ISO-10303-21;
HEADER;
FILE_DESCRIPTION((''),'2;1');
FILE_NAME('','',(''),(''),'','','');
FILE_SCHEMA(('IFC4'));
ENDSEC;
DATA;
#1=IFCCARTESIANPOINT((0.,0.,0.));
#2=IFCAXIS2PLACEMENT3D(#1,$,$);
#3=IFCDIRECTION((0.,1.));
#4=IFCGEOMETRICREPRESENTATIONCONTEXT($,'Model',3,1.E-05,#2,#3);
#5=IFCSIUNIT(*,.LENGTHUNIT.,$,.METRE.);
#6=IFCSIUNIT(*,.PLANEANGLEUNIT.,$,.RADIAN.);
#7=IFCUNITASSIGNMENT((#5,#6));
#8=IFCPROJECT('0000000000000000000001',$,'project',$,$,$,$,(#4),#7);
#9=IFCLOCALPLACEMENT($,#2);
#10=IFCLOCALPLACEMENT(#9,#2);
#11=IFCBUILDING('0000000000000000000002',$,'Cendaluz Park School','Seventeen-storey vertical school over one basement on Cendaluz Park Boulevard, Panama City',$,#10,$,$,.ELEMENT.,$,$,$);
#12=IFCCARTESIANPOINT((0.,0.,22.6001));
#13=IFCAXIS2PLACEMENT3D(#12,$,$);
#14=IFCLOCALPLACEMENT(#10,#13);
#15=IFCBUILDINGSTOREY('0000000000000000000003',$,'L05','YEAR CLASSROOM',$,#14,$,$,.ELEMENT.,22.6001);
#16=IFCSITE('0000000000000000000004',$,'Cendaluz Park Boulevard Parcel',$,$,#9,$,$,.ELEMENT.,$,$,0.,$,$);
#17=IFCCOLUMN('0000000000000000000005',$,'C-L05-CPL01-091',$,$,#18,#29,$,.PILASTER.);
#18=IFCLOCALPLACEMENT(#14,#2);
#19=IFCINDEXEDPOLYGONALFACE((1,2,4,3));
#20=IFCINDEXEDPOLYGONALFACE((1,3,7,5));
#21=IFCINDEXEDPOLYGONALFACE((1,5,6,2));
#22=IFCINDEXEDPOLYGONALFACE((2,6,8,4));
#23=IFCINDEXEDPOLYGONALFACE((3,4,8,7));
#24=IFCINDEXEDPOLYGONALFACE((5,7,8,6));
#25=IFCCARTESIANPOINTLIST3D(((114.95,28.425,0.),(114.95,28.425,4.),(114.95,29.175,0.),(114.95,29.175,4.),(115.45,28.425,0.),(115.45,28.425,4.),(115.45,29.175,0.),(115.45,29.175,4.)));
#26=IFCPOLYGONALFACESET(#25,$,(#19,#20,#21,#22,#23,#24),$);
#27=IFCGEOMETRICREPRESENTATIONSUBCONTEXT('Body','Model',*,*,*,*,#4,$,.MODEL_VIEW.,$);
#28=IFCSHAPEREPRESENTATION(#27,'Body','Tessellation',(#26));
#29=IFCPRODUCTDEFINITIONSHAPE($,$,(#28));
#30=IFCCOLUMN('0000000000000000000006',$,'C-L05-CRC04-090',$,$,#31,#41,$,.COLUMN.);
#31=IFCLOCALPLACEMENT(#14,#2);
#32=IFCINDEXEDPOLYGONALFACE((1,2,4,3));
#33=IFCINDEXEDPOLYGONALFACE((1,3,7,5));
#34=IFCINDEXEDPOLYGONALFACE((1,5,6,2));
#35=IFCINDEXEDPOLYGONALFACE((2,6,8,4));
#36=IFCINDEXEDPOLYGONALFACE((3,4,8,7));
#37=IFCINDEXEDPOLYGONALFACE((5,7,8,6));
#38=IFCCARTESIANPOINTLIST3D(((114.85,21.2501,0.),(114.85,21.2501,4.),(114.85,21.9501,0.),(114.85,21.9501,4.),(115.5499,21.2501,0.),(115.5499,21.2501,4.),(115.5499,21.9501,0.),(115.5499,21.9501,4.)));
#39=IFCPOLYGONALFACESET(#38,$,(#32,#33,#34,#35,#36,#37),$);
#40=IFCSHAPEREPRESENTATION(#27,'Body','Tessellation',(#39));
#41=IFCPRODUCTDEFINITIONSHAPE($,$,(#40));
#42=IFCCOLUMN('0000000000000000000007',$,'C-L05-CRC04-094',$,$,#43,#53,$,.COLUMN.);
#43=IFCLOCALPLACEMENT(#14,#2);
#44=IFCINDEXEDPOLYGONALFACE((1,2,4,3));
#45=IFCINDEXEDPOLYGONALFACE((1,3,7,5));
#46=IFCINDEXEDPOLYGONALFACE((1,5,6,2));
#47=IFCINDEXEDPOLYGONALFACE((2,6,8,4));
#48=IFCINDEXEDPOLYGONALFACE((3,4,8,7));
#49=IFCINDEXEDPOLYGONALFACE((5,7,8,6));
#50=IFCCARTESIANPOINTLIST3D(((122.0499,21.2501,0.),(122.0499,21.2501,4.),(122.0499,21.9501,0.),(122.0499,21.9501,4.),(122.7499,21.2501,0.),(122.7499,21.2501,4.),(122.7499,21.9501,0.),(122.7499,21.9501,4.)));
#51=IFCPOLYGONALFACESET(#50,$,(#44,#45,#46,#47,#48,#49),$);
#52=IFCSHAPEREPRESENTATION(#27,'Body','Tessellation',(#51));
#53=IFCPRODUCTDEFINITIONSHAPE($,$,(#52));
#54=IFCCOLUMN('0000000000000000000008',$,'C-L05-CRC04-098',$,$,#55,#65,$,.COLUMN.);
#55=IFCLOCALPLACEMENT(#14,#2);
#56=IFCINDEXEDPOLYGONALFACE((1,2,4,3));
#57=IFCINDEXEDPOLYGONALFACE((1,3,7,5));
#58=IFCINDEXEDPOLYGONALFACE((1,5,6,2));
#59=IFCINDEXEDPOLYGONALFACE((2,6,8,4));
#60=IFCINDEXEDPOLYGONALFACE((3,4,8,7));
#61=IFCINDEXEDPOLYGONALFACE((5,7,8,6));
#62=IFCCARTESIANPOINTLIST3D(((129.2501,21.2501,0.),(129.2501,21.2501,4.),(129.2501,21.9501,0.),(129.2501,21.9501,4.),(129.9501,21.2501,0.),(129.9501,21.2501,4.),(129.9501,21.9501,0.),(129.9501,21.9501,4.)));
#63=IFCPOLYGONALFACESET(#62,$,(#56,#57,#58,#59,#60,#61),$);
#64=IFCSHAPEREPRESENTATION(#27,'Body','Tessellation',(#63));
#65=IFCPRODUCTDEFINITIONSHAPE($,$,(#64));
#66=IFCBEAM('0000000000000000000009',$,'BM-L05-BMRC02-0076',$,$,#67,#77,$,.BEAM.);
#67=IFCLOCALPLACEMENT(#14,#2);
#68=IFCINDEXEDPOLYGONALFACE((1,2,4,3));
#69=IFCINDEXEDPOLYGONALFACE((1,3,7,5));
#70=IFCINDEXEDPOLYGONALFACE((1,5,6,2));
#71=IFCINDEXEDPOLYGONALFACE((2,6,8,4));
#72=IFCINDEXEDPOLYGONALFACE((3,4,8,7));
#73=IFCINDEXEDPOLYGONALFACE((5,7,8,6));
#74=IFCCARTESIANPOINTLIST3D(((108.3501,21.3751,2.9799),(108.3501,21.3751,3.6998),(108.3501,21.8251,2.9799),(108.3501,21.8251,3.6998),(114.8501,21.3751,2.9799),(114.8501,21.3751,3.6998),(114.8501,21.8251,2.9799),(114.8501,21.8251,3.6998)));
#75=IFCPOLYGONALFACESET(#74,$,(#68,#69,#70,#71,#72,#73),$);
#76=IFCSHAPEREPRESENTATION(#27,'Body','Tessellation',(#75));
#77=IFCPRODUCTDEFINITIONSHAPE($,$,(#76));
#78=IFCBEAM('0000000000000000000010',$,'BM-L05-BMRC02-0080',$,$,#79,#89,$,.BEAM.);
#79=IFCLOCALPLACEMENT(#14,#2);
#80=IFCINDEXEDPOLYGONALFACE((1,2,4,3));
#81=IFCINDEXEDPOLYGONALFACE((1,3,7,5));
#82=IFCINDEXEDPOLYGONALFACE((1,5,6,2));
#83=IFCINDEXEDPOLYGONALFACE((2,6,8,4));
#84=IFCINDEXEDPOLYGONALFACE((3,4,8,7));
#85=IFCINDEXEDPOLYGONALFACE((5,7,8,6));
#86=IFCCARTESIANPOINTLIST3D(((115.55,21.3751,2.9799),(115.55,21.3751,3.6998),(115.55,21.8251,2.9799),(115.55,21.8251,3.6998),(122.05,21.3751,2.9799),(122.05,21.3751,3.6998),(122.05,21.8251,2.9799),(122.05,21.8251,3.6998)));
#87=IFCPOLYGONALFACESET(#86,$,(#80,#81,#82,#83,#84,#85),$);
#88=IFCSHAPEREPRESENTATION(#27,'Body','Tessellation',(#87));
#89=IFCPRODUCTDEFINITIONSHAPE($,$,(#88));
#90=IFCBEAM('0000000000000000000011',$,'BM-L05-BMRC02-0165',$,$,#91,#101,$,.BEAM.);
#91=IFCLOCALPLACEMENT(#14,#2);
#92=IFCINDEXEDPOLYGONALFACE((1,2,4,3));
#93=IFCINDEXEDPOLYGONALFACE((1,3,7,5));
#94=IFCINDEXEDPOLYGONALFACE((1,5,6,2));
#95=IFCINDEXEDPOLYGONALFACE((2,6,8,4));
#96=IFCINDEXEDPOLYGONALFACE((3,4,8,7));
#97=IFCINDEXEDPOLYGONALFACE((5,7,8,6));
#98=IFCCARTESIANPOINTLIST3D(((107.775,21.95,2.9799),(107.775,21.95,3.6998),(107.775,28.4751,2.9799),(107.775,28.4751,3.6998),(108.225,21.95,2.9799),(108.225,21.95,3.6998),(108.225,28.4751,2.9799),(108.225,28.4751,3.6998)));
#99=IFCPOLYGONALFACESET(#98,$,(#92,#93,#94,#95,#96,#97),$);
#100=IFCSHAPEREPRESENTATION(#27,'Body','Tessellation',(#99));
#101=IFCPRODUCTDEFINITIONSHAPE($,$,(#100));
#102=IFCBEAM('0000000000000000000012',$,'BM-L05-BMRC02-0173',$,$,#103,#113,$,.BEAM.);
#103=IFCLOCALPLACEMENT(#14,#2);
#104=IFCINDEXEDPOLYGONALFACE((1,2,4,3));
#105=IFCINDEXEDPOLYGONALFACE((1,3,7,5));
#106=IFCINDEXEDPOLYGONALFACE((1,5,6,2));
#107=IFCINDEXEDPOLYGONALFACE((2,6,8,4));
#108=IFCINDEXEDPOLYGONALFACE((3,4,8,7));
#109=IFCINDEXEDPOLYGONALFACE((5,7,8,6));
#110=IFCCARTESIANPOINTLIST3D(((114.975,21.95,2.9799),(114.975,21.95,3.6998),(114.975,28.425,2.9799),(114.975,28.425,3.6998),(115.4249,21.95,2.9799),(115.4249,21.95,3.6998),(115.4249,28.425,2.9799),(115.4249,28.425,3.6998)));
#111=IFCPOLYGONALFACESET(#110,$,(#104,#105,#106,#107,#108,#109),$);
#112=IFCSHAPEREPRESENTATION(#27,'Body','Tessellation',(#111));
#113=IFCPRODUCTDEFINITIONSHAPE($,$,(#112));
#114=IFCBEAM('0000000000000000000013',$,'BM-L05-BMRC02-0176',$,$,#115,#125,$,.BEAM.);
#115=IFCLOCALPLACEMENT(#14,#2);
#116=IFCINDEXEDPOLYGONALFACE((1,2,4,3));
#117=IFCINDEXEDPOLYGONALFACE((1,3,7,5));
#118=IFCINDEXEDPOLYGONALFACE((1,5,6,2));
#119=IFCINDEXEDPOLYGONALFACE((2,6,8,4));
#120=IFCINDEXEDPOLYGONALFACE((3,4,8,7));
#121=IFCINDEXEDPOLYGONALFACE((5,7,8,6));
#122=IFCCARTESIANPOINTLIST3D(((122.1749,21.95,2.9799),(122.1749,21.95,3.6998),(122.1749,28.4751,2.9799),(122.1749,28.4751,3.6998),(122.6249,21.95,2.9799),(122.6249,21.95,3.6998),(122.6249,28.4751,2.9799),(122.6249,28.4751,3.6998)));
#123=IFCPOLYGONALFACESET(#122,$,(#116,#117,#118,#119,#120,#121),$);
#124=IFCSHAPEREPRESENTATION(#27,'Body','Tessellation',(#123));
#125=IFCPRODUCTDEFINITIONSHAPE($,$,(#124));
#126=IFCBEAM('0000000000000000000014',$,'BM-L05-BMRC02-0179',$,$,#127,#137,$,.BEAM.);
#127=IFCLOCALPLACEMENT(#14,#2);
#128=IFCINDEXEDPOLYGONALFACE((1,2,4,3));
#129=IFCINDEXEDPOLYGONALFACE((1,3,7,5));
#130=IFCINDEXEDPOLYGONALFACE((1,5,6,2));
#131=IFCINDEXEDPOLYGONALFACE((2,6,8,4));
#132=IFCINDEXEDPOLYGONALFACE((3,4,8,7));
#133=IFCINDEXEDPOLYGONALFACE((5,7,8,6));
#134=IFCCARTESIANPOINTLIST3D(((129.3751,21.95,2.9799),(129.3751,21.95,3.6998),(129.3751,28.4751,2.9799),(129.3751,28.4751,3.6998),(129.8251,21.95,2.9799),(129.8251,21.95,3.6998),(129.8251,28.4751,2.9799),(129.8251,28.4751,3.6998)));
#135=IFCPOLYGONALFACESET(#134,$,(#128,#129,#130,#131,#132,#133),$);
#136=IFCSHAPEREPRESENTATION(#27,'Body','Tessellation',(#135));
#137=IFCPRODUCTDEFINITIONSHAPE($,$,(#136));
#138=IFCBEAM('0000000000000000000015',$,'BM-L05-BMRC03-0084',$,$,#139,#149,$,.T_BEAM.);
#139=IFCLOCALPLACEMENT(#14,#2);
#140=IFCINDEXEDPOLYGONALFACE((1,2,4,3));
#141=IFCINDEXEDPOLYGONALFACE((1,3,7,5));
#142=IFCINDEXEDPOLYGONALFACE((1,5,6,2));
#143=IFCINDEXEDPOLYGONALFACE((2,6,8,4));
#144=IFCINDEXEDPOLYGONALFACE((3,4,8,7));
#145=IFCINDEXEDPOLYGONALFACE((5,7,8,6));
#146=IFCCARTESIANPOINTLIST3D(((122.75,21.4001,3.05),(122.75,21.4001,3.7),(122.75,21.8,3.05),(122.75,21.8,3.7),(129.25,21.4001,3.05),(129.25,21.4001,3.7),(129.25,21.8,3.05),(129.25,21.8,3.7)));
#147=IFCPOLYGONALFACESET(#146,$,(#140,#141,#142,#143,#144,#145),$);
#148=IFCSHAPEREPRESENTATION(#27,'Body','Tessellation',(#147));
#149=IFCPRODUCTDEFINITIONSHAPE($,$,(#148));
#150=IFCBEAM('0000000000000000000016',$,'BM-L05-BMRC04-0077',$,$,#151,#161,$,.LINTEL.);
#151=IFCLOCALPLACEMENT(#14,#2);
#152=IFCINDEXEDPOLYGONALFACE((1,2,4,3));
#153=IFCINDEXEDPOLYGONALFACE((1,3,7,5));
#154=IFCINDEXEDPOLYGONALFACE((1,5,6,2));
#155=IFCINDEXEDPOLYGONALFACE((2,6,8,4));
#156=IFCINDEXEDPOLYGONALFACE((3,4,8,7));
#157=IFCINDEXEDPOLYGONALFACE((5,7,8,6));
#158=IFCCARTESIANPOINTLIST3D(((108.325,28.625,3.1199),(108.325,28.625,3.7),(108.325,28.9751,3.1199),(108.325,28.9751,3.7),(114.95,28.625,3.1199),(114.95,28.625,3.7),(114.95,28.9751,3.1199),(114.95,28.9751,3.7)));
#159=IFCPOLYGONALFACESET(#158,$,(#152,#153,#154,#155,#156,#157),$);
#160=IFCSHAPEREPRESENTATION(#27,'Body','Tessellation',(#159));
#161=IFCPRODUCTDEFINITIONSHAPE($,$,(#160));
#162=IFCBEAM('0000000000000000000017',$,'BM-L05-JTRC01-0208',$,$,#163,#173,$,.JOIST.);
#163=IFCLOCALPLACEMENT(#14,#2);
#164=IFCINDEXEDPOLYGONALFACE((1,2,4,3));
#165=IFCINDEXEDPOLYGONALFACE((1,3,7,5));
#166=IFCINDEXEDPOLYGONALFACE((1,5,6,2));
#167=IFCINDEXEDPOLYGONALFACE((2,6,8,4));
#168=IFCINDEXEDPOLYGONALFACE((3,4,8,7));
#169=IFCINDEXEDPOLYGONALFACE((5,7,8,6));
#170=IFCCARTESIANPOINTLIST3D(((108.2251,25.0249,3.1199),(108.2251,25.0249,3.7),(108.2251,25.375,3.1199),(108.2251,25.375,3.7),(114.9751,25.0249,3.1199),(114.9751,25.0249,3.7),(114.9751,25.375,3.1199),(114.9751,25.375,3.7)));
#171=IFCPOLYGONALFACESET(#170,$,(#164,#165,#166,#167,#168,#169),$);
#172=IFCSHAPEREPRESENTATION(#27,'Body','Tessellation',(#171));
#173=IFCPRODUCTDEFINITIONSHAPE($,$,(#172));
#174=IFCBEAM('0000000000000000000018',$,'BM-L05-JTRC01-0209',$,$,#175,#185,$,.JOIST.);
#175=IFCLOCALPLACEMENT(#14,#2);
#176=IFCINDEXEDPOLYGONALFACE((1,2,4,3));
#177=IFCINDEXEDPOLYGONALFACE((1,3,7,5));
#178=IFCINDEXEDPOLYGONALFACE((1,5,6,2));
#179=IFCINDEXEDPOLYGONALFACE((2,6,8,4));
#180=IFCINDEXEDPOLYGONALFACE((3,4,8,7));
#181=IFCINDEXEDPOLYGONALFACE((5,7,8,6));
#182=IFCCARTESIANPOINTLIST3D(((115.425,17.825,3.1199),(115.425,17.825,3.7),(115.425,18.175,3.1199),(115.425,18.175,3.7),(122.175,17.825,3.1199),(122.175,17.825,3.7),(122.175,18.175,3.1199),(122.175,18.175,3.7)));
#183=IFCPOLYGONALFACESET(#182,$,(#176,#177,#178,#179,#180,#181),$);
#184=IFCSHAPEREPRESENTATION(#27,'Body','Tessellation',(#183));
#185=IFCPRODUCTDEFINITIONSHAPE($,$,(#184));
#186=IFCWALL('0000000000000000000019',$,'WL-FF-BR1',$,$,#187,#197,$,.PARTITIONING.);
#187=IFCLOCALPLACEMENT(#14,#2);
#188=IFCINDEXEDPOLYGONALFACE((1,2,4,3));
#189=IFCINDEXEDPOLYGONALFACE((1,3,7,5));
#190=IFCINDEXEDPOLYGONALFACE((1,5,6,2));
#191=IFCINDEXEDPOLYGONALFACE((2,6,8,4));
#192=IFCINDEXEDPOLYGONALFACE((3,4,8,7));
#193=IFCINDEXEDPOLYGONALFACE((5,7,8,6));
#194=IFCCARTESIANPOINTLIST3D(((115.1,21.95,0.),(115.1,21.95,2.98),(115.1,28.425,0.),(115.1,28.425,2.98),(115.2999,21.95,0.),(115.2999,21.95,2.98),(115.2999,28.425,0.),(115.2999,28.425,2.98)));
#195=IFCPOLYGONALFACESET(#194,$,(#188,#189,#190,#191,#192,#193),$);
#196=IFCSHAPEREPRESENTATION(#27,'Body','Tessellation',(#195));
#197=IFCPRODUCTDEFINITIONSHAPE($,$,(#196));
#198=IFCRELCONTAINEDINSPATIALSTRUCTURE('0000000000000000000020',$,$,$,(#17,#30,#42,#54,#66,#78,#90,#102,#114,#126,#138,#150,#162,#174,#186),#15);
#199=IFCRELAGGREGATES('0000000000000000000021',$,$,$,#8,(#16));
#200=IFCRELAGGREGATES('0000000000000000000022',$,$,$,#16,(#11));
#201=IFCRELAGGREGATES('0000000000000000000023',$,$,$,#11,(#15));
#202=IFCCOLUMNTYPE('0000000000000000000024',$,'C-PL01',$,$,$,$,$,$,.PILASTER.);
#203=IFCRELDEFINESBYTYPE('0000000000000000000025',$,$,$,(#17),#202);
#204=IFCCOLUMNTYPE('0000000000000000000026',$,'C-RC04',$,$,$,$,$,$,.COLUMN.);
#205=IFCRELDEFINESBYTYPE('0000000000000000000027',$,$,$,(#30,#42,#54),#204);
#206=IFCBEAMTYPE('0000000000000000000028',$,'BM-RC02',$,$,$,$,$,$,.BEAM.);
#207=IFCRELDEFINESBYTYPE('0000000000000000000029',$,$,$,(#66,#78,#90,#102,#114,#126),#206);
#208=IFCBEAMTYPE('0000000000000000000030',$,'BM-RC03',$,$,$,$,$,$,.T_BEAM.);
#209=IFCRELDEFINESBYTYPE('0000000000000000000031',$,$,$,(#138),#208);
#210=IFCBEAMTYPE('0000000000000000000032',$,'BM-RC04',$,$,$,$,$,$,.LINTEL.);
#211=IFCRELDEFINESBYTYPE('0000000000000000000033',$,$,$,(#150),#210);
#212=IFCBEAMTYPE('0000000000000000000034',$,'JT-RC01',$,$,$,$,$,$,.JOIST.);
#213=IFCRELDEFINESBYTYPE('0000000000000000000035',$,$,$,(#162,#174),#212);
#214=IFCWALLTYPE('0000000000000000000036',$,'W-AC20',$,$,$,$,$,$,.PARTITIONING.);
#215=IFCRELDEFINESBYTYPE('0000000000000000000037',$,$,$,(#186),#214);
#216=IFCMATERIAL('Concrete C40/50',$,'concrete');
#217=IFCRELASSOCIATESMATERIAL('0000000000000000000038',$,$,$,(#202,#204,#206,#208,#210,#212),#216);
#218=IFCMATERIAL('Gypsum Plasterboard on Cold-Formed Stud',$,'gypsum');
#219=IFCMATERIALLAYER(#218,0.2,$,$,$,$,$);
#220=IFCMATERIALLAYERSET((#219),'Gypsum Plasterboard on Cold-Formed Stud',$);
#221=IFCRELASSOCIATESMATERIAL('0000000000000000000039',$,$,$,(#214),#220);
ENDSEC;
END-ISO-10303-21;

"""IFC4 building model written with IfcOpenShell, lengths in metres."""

from ifc_helpers import new_model, si_unit, direction, frame, frame_2d, origin, origin_2d, place, context, subcontext, project, spatial, rectangle, extrude, material, layer, layer_set, material_profile, profile_set, type_object, element, save


model = new_model("IFC4")

# Units and contexts
model_context = context("Model", 3, precision=1e-05, world=origin(), true_north=direction((0.0, 1.0)))
body_context = subcontext(model_context, "Body", "Model", "MODEL_VIEW")
ifc_project = project(units=[si_unit("LENGTHUNIT", "METRE"), si_unit("PLANEANGLEUNIT", "RADIAN")], contexts=[model_context])

# Site, building, storey
site_placement = place(None, origin())
site = spatial("IfcSite", under=ifc_project, at=site_placement, Name="Cendaluz Park Boulevard Parcel", CompositionType="ELEMENT", RefElevation=0.0)
building_placement = place(site_placement, origin())
building = spatial("IfcBuilding", under=site, at=building_placement, Name="Cendaluz Park School", Description="Seventeen-storey vertical school over one basement on Cendaluz Park Boulevard, Panama City", CompositionType="ELEMENT")
storey_placement = place(building_placement, frame((0.0, 0.0, 22.6001)))
storey = spatial("IfcBuildingStorey", under=building, at=storey_placement, Name="L05", Description="YEAR CLASSROOM", CompositionType="ELEMENT", Elevation=22.6001)

# Columns
ifc_material_1 = material(Name="Concrete C40/50", Category="concrete")
ifc_material_profile_1 = material_profile(ifc_material_1, rectangle(XDim=0.5, YDim=0.75, at=origin_2d()), Name="RC 500x750", Category="concrete")
ifc_profile_set_1 = profile_set([ifc_material_profile_1], Name="Concrete C40/50")
column_type_1 = type_object("IfcColumnType", Name="C-PL01", PredefinedType="PILASTER", material=ifc_profile_set_1)
column_placement = place(storey_placement, frame((115.2, 28.8, 0.0), z_axis=(0.0, 0.0, 1.0), x_axis=(1.0, 0.0, 0.0)))
element("IfcColumn", 1, at=column_placement, inside=storey, type_object=column_type_1, Name="C-L05-CPL01-091", PredefinedType="PILASTER", context=body_context, shape_type="SweptSolid", body=[
    extrude(rectangle(XDim=0.5, YDim=0.75, at=origin_2d()), origin(), (0.0, 0.0, 1.0), 4.0),
])
ifc_material_profile_2 = material_profile(ifc_material_1, rectangle(XDim=0.7, YDim=0.7, at=origin_2d()), Name="RC 700x700", Category="concrete")
ifc_profile_set_2 = profile_set([ifc_material_profile_2], Name="Concrete C40/50")
column_type_2 = type_object("IfcColumnType", Name="C-RC04", PredefinedType="COLUMN", material=ifc_profile_set_2)
for number, where, z_axis, x_axis, name in (
    (2, (115.2, 21.6001, 0.0), (0.0, 0.0, 1.0), (1.0, 0.0, 0.0), "C-L05-CRC04-090"),
    (3, (122.3999, 21.6001, 0.0), (0.0, 0.0, 1.0), (1.0, 0.0, 0.0), "C-L05-CRC04-094"),
    (4, (129.6001, 21.6001, 0.0), (0.0, 0.0, 1.0), (1.0, 0.0, 0.0), "C-L05-CRC04-098"),
):
    element("IfcColumn", number, at=place(storey_placement, frame(where, z_axis=z_axis, x_axis=x_axis)), inside=storey, type_object=column_type_2, Name=name, PredefinedType="COLUMN", context=body_context, shape_type="SweptSolid", body=[
        extrude(rectangle(XDim=0.7, YDim=0.7, at=origin_2d()), origin(), (0.0, 0.0, 1.0), 4.0),
    ])

# Beams
ifc_material_profile_3 = material_profile(ifc_material_1, rectangle(XDim=0.45, YDim=0.72, at=origin_2d()), Name="RC 450x720", Category="concrete")
ifc_profile_set_3 = profile_set([ifc_material_profile_3], Name="Concrete C40/50")
beam_type_1 = type_object("IfcBeamType", Name="BM-RC02", PredefinedType="BEAM", material=ifc_profile_set_3)
for number, where, z_axis, x_axis, name in (
    (5, (108.3501, 21.6001, 3.3398), (1.0, 0.0, 0.0), (0.0, 1.0, 0.0), "BM-L05-BMRC02-0076"),
    (6, (115.55, 21.6001, 3.3398), (1.0, 0.0, 0.0), (0.0, 1.0, 0.0), "BM-L05-BMRC02-0080"),
):
    element("IfcBeam", number, at=place(storey_placement, frame(where, z_axis=z_axis, x_axis=x_axis)), inside=storey, type_object=beam_type_1, Name=name, PredefinedType="BEAM", context=body_context, shape_type="SweptSolid", body=[
        extrude(rectangle(XDim=0.45, YDim=0.72, at=origin_2d()), origin(), (0.0, 0.0, 1.0), 6.5),
    ])
beam_1_placement = place(storey_placement, frame((108.0, 21.95, 3.3398), z_axis=(0.0, 1.0, 0.0), x_axis=(-1.0, 0.0, 0.0)))
element("IfcBeam", 7, at=beam_1_placement, inside=storey, type_object=beam_type_1, Name="BM-L05-BMRC02-0165", PredefinedType="BEAM", context=body_context, shape_type="SweptSolid", body=[
    extrude(rectangle(XDim=0.45, YDim=0.72, at=origin_2d()), origin(), (0.0, 0.0, 1.0), 6.5251),
])
beam_2_placement = place(storey_placement, frame((115.2, 21.95, 3.3398), z_axis=(0.0, 1.0, 0.0), x_axis=(-1.0, 0.0, 0.0)))
element("IfcBeam", 8, at=beam_2_placement, inside=storey, type_object=beam_type_1, Name="BM-L05-BMRC02-0173", PredefinedType="BEAM", context=body_context, shape_type="SweptSolid", body=[
    extrude(rectangle(XDim=0.45, YDim=0.72, at=origin_2d()), origin(), (0.0, 0.0, 1.0), 6.4751),
])
for number, where, z_axis, x_axis, name in (
    (9, (122.3999, 21.95, 3.3398), (0.0, 1.0, 0.0), (-1.0, 0.0, 0.0), "BM-L05-BMRC02-0176"),
    (10, (129.6001, 21.95, 3.3398), (0.0, 1.0, 0.0), (-1.0, 0.0, 0.0), "BM-L05-BMRC02-0179"),
):
    element("IfcBeam", number, at=place(storey_placement, frame(where, z_axis=z_axis, x_axis=x_axis)), inside=storey, type_object=beam_type_1, Name=name, PredefinedType="BEAM", context=body_context, shape_type="SweptSolid", body=[
        extrude(rectangle(XDim=0.45, YDim=0.72, at=origin_2d()), origin(), (0.0, 0.0, 1.0), 6.5251),
    ])
ifc_material_profile_4 = material_profile(ifc_material_1, rectangle(XDim=0.3999, YDim=0.6499, at=origin_2d()), Name="RC 400x650", Category="concrete")
ifc_profile_set_4 = profile_set([ifc_material_profile_4], Name="Concrete C40/50")
beam_type_2 = type_object("IfcBeamType", Name="BM-RC03", PredefinedType="T_BEAM", material=ifc_profile_set_4)
beam_3_placement = place(storey_placement, frame((122.75, 21.6001, 3.375), z_axis=(1.0, 0.0, 0.0), x_axis=(0.0, 1.0, 0.0)))
element("IfcBeam", 11, at=beam_3_placement, inside=storey, type_object=beam_type_2, Name="BM-L05-BMRC03-0084", PredefinedType="T_BEAM", context=body_context, shape_type="SweptSolid", body=[
    extrude(rectangle(XDim=0.3999, YDim=0.6499, at=origin_2d()), origin(), (0.0, 0.0, 1.0), 6.5),
])
ifc_material_profile_5 = material_profile(ifc_material_1, rectangle(XDim=0.3501, YDim=0.5801, at=origin_2d()), Name="RC 350x580", Category="concrete")
ifc_profile_set_5 = profile_set([ifc_material_profile_5], Name="Concrete C40/50")
beam_type_3 = type_object("IfcBeamType", Name="BM-RC04", PredefinedType="LINTEL", material=ifc_profile_set_5)
beam_4_placement = place(storey_placement, frame((108.325, 28.8, 3.4099), z_axis=(1.0, 0.0, 0.0), x_axis=(0.0, 1.0, 0.0)))
element("IfcBeam", 12, at=beam_4_placement, inside=storey, type_object=beam_type_3, Name="BM-L05-BMRC04-0077", PredefinedType="LINTEL", context=body_context, shape_type="SweptSolid", body=[
    extrude(rectangle(XDim=0.3501, YDim=0.5801, at=origin_2d()), origin(), (0.0, 0.0, 1.0), 6.625),
])
ifc_material_profile_6 = material_profile(ifc_material_1, rectangle(XDim=0.3501, YDim=0.5801, at=origin_2d()), Name="RC 350x580", Category="concrete")
ifc_profile_set_6 = profile_set([ifc_material_profile_6], Name="Concrete C40/50")
beam_type_4 = type_object("IfcBeamType", Name="JT-RC01", PredefinedType="JOIST", material=ifc_profile_set_6)
for number, where, z_axis, x_axis, name in (
    (13, (108.2251, 25.2, 3.4099), (1.0, 0.0, 0.0), (0.0, 1.0, 0.0), "BM-L05-JTRC01-0208"),
    (14, (115.425, 18.0, 3.4099), (1.0, 0.0, 0.0), (0.0, 1.0, 0.0), "BM-L05-JTRC01-0209"),
):
    element("IfcBeam", number, at=place(storey_placement, frame(where, z_axis=z_axis, x_axis=x_axis)), inside=storey, type_object=beam_type_4, Name=name, PredefinedType="JOIST", context=body_context, shape_type="SweptSolid", body=[
        extrude(rectangle(XDim=0.3501, YDim=0.5801, at=origin_2d()), origin(), (0.0, 0.0, 1.0), 6.75),
    ])

# Wall
ifc_material_2 = material(Name="Gypsum Plasterboard on Cold-Formed Stud", Category="gypsum")
ifc_layer_1 = layer(ifc_material_2, 0.2)
ifc_layer_set_1 = layer_set([ifc_layer_1], Name="Gypsum Plasterboard on Cold-Formed Stud")
wall_type_1 = type_object("IfcWallType", Name="W-AC20", PredefinedType="PARTITIONING", material=ifc_layer_set_1)
wall_1_placement = place(storey_placement, frame((115.2, 21.95, 0.0), z_axis=(0.0, 0.0, 1.0), x_axis=(0.0, 1.0, 0.0)))
element("IfcWall", 15, at=wall_1_placement, inside=storey, type_object=wall_type_1, Name="WL-FF-BR1", PredefinedType="PARTITIONING", context=body_context, shape_type="SweptSolid", body=[
    extrude(rectangle(XDim=6.4751, YDim=0.2, at=frame_2d((3.2375, 0.0))), origin(), (0.0, 0.0, 1.0), 2.98),
])

save(model, "model.ifc")
